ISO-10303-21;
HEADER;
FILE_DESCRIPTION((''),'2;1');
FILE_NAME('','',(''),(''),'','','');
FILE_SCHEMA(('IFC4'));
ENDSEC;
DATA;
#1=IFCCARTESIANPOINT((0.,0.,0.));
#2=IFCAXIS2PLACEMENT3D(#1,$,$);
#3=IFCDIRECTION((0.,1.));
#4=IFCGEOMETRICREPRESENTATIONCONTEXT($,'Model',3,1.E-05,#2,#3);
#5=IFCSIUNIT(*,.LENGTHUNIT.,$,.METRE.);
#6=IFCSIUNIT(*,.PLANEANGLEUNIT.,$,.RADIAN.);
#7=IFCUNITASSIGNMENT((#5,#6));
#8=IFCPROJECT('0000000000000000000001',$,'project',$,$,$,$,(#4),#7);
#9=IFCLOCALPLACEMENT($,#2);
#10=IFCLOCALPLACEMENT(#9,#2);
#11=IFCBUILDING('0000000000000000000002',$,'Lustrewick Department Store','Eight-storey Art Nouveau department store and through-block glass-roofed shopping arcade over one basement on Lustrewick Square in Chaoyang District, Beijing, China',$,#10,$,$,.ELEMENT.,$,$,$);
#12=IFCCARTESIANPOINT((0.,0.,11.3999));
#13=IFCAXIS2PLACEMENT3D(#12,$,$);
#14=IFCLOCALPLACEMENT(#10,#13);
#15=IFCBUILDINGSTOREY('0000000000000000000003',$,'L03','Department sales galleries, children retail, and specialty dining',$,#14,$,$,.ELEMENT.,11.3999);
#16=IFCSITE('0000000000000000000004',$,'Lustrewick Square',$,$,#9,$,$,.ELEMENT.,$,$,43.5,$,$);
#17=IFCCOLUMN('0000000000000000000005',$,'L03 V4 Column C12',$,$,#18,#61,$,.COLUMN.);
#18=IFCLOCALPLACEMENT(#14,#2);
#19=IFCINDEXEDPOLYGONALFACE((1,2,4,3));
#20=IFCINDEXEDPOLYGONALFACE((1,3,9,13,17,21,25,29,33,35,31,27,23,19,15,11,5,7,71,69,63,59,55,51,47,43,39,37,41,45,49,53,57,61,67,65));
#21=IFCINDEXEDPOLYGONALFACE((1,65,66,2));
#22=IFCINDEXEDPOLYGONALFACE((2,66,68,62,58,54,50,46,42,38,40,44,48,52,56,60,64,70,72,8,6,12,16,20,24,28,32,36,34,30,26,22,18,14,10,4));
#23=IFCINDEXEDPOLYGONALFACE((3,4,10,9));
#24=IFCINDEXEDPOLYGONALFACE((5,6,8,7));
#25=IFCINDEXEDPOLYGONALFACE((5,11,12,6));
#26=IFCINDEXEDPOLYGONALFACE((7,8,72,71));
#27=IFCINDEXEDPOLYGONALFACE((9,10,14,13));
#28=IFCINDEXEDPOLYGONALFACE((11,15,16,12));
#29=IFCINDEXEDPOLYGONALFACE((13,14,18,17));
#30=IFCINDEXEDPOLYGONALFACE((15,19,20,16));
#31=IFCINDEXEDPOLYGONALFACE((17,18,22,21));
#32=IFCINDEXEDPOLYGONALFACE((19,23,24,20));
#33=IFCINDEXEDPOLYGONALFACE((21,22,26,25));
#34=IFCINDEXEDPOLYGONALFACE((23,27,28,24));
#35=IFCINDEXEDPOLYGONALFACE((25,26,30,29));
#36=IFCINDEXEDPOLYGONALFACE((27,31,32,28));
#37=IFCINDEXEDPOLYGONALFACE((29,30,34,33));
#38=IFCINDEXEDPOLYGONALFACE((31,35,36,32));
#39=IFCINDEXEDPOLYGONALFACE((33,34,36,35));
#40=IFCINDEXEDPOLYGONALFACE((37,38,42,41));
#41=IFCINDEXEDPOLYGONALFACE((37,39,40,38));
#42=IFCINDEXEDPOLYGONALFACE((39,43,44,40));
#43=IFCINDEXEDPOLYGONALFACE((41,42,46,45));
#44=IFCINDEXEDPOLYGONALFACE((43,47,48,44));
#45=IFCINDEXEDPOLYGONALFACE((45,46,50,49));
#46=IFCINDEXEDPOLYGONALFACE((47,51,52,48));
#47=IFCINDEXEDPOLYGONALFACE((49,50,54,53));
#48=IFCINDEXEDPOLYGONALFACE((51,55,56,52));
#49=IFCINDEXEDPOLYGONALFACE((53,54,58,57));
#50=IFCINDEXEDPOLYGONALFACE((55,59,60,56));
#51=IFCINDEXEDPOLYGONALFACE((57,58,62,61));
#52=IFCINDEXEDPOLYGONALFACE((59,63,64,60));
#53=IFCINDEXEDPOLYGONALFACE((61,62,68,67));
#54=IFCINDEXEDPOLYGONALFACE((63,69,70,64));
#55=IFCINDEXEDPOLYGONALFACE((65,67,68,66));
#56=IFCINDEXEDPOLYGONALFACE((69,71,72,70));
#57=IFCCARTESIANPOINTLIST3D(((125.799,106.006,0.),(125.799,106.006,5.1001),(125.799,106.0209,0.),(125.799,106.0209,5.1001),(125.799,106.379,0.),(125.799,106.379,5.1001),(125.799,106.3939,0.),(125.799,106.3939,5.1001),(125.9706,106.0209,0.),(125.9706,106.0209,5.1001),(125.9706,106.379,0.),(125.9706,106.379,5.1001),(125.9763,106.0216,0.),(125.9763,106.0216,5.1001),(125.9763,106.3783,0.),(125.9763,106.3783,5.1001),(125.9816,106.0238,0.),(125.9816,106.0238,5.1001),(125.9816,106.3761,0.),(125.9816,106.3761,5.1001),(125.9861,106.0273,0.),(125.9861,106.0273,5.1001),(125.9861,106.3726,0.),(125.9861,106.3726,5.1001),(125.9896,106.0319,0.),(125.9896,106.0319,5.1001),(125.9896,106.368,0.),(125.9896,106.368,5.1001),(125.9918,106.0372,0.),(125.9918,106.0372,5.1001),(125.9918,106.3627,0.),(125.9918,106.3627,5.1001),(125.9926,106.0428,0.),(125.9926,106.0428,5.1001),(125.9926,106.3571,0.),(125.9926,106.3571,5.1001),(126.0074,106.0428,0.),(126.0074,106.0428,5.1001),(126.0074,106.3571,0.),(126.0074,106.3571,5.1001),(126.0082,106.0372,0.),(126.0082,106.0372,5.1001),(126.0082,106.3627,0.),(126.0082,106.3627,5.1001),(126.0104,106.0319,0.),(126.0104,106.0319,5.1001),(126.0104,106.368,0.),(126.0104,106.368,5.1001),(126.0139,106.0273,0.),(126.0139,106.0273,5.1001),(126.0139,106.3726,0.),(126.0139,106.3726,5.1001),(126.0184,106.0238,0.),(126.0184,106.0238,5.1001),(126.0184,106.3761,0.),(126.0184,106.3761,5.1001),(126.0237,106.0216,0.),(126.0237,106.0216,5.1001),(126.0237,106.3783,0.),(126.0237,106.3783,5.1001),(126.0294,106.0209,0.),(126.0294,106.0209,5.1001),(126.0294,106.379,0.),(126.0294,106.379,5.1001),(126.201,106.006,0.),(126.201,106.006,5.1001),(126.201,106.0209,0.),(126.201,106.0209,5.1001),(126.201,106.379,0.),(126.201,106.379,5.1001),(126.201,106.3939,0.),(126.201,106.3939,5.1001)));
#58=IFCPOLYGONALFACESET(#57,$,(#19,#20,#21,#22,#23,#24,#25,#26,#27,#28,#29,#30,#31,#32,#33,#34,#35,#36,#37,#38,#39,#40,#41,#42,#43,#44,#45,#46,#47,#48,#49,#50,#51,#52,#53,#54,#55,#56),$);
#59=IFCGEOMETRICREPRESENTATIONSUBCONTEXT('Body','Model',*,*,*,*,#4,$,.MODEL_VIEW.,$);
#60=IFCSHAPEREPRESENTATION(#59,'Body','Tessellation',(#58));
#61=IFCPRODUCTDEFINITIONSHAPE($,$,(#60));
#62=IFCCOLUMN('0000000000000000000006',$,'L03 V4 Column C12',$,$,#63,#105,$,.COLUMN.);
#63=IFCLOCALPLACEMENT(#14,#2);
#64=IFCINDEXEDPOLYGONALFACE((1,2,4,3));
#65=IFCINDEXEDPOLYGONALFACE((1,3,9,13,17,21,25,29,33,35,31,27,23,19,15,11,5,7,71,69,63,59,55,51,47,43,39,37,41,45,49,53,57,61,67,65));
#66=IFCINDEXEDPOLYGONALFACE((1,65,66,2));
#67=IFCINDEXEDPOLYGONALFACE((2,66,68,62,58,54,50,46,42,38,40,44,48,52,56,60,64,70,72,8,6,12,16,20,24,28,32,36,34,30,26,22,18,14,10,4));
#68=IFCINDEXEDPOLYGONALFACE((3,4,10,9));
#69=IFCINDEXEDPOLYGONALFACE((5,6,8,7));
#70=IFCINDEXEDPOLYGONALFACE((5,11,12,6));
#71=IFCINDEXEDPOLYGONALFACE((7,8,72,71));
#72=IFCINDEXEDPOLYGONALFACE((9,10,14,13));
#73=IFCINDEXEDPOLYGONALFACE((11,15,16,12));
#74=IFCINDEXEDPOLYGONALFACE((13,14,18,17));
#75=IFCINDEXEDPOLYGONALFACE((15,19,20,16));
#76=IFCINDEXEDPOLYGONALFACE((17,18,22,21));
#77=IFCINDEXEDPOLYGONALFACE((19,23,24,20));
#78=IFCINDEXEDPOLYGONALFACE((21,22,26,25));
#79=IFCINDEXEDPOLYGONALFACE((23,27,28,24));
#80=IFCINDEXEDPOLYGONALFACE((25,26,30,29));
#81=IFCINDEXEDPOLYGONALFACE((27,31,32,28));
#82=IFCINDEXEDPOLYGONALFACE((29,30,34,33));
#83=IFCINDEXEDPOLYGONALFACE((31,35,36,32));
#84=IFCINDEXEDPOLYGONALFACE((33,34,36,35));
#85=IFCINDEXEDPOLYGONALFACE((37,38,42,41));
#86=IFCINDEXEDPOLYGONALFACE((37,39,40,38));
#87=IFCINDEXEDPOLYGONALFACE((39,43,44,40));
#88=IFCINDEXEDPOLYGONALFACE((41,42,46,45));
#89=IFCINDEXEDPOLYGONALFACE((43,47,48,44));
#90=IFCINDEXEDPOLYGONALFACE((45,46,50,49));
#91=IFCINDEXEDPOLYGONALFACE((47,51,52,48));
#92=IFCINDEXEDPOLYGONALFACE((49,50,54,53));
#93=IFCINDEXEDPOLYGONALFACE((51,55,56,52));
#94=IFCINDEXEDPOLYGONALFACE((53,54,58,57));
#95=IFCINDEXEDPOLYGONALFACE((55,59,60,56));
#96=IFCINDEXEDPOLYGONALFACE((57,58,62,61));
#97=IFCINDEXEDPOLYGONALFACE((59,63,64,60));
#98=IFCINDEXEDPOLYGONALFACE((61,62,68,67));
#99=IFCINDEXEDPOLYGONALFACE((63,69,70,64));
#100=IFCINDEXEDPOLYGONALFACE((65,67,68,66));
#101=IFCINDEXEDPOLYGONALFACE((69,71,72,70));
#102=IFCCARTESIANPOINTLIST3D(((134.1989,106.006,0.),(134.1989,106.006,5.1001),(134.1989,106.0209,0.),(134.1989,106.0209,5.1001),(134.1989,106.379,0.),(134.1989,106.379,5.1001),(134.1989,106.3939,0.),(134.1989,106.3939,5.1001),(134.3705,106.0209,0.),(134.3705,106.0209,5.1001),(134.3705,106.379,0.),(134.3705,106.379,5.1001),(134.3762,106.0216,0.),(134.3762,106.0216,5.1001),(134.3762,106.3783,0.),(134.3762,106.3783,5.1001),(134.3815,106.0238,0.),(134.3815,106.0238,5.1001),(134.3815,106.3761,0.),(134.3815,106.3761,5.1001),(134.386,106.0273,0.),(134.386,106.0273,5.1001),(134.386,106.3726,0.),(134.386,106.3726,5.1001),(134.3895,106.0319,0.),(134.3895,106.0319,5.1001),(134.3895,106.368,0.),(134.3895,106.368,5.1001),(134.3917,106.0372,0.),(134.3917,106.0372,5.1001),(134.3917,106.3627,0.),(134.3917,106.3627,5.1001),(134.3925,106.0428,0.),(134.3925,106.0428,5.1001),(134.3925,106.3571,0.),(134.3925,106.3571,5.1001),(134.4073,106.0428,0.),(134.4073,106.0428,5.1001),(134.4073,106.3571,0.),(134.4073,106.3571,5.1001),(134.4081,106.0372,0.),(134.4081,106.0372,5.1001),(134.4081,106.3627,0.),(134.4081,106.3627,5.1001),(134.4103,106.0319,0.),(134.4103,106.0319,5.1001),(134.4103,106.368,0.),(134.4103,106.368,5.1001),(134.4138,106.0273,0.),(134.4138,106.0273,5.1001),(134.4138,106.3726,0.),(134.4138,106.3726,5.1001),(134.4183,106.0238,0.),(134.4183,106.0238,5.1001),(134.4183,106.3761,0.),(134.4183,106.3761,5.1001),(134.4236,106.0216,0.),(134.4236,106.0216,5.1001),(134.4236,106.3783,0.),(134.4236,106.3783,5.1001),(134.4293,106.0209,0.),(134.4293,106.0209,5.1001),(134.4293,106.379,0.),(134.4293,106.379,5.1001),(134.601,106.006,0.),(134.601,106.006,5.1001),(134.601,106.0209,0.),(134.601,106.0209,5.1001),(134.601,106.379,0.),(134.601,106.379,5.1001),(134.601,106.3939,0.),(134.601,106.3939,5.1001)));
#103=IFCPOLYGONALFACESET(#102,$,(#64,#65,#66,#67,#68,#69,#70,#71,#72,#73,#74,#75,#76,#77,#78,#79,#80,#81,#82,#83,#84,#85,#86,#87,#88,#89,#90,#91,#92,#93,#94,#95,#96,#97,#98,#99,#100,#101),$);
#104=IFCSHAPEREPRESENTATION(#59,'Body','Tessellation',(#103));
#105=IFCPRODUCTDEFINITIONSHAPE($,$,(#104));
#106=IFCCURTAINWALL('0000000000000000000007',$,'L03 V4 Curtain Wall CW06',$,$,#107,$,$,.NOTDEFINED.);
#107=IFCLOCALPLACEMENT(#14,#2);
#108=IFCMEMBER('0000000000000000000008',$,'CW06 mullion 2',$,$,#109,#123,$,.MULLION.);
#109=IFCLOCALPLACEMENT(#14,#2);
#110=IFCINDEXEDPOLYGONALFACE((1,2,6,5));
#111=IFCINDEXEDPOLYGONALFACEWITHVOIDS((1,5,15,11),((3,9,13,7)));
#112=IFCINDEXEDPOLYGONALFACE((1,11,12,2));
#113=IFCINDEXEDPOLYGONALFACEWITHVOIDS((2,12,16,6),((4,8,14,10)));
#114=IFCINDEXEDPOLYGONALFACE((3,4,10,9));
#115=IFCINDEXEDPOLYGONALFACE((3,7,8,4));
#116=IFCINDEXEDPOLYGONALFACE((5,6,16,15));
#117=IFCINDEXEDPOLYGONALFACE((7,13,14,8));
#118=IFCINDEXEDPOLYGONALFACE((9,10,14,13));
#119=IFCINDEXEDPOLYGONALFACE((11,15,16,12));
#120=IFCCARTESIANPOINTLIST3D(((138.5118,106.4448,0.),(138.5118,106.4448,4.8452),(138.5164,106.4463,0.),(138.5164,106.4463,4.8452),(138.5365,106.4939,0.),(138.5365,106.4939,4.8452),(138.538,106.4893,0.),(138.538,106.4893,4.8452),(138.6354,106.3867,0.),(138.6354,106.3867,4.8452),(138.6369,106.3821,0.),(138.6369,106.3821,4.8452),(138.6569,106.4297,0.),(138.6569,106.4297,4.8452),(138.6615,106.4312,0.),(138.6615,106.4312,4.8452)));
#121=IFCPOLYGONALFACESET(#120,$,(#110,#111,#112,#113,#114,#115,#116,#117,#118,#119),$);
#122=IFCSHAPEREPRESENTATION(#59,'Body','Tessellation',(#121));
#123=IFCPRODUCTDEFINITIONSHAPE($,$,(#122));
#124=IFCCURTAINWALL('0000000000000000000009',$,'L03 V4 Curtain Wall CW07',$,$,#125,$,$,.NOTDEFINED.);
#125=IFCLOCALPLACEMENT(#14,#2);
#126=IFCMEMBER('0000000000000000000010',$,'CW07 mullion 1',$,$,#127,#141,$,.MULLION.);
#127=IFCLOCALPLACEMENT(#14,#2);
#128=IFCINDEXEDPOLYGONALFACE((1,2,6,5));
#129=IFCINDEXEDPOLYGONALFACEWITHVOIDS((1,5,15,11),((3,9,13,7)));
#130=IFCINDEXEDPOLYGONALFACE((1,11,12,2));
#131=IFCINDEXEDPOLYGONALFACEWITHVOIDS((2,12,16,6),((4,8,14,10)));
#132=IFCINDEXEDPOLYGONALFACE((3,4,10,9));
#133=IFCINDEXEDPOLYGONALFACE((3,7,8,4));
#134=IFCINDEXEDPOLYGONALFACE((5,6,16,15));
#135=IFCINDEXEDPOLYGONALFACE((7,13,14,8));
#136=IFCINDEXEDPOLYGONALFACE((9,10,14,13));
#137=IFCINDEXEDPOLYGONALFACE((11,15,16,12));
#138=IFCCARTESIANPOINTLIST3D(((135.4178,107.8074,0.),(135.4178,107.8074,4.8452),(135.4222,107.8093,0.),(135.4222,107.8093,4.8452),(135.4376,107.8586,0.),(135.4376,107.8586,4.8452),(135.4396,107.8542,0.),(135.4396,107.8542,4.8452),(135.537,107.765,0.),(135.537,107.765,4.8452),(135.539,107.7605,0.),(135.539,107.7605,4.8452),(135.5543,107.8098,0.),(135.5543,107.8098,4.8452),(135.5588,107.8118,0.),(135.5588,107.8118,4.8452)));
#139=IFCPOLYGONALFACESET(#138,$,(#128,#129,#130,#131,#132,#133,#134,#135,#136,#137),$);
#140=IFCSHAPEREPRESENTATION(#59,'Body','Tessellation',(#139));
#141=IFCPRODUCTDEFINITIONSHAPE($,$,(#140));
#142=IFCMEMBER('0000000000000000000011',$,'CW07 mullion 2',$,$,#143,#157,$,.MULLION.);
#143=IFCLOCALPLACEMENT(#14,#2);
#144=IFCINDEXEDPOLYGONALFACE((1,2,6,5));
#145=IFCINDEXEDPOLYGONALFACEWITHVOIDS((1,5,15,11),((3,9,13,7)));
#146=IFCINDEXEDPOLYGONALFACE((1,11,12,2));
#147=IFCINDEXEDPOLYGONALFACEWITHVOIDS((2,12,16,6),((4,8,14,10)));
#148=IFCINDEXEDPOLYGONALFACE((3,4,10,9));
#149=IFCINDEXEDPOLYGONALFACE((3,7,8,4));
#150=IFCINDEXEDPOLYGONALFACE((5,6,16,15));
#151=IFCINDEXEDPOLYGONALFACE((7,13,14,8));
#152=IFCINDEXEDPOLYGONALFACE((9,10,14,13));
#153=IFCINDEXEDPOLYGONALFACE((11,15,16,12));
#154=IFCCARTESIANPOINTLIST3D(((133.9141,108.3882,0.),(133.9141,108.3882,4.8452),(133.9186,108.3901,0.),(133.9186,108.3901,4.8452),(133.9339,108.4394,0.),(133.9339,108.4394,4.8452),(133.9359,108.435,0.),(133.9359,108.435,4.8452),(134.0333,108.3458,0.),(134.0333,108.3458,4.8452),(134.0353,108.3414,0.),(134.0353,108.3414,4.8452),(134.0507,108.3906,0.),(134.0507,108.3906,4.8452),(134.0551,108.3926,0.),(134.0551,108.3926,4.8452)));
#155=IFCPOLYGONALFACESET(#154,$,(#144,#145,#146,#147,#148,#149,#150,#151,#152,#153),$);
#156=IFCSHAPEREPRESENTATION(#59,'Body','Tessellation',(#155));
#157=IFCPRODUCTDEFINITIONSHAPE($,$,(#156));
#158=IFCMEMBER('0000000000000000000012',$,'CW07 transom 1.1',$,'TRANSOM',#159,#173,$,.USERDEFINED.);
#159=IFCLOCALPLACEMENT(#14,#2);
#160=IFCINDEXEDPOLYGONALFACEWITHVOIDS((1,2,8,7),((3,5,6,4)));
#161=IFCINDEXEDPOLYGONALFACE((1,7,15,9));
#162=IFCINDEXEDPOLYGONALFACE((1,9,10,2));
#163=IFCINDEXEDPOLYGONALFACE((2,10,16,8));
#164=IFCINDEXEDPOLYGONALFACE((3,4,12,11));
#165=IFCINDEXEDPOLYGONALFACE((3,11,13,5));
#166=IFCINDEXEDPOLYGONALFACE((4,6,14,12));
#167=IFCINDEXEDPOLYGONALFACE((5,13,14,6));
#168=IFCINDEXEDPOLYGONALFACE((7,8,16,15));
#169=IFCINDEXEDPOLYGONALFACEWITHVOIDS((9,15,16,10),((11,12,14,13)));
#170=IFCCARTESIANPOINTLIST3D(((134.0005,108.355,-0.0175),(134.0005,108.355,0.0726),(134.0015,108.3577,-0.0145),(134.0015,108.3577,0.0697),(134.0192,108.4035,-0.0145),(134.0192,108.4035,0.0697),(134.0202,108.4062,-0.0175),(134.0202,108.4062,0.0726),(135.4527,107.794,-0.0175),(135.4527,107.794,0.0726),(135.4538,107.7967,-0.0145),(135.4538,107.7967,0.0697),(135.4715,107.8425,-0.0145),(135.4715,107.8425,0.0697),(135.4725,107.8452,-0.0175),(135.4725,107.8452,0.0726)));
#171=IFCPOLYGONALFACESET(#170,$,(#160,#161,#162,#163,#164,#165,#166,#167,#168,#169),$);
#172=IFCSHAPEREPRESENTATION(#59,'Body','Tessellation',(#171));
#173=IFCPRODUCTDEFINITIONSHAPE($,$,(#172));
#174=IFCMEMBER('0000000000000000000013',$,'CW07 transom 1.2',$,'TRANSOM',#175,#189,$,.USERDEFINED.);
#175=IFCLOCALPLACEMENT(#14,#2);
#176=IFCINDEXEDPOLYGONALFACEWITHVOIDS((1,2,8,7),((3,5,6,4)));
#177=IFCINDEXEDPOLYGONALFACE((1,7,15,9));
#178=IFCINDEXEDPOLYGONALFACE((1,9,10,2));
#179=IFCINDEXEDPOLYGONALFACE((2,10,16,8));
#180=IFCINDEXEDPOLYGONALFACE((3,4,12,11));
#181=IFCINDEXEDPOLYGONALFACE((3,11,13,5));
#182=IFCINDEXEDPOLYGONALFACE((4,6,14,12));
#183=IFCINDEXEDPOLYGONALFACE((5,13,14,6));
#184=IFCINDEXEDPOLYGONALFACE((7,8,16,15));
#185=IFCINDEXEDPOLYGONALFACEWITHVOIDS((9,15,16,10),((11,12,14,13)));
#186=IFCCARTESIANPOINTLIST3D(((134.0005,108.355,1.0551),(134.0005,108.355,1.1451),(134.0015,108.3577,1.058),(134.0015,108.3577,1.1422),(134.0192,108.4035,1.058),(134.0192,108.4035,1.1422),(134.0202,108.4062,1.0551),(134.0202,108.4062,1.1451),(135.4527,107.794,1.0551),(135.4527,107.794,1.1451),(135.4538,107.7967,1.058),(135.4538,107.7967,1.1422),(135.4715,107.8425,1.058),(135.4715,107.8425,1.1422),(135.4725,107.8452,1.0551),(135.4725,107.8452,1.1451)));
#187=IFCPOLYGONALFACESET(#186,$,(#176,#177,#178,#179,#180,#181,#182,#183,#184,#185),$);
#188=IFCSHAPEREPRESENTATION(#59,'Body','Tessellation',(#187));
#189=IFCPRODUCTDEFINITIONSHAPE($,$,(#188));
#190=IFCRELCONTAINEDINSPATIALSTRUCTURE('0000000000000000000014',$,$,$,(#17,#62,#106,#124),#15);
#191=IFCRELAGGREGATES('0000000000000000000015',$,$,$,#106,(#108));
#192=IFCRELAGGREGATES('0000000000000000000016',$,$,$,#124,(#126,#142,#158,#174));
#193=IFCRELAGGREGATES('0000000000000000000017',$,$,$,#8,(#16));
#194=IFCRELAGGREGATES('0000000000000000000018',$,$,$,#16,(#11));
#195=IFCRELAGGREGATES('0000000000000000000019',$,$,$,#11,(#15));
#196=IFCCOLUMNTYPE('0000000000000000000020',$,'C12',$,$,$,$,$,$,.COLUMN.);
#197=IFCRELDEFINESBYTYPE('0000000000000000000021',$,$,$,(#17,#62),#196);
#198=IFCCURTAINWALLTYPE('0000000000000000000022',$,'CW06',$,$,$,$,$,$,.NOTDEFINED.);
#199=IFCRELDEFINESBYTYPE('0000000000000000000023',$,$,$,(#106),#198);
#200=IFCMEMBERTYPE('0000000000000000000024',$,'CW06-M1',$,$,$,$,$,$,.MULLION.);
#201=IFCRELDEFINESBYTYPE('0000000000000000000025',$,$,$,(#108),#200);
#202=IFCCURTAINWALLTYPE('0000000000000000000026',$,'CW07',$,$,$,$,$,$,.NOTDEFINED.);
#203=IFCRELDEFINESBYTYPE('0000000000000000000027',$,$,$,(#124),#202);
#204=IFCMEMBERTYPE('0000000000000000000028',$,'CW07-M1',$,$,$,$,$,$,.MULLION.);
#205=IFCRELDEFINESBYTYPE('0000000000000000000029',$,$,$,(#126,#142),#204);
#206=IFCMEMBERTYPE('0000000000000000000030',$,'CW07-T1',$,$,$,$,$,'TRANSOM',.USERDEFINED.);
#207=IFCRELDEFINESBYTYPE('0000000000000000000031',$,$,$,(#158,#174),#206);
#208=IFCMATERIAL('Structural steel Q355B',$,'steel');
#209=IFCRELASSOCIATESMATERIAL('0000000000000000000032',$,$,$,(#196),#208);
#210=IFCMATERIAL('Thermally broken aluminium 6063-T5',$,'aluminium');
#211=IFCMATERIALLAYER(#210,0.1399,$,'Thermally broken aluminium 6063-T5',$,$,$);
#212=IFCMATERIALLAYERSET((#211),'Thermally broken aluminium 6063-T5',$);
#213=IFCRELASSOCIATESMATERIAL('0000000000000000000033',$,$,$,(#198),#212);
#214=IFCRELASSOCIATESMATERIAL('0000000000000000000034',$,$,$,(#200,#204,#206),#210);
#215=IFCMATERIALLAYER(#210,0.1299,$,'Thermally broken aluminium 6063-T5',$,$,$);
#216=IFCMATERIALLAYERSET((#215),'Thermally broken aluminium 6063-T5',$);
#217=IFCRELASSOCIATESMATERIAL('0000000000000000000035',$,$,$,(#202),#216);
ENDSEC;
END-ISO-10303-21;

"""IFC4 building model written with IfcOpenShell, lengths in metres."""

from ifc_helpers import new_model, si_unit, direction, frame, origin, origin_2d, place, context, subcontext, project, spatial, hollow_rectangle, i_section, extrude, material, layer, layer_set, material_profile, profile_set, type_object, element, aggregate, save


model = new_model("IFC4")

# Units and contexts
model_context = context("Model", 3, precision=1e-05, world=origin(), true_north=direction((0.0, 1.0)))
body_context = subcontext(model_context, "Body", "Model", "MODEL_VIEW")
ifc_project = project(units=[si_unit("LENGTHUNIT", "METRE"), si_unit("PLANEANGLEUNIT", "RADIAN")], contexts=[model_context])

# Site, building, storey
site_placement = place(None, origin())
site = spatial("IfcSite", under=ifc_project, at=site_placement, Name="Lustrewick Square", CompositionType="ELEMENT", RefElevation=43.5)
building_placement = place(site_placement, origin())
building = spatial("IfcBuilding", under=site, at=building_placement, Name="Lustrewick Department Store", Description="Eight-storey Art Nouveau department store and through-block glass-roofed shopping arcade over one basement on Lustrewick Square in Chaoyang District, Beijing, China", CompositionType="ELEMENT")
storey_placement = place(building_placement, frame((0.0, 0.0, 11.3999)))
storey = spatial("IfcBuildingStorey", under=building, at=storey_placement, Name="L03", Description="Department sales galleries, children retail, and specialty dining", CompositionType="ELEMENT", Elevation=11.3999)

# Columns
ifc_material_1 = material(Name="Structural steel Q355B", Category="steel")
ifc_material_profile_1 = material_profile(ifc_material_1, i_section(OverallWidth=0.4021, OverallDepth=0.3879, WebThickness=0.0149, FlangeThickness=0.0149, FilletRadius=0.022, at=origin_2d()), Name="HW 388x402x15x15")
ifc_profile_set_1 = profile_set([ifc_material_profile_1], Name="Structural steel Q355B")
column_type = type_object("IfcColumnType", Name="C12", PredefinedType="COLUMN", material=ifc_profile_set_1)
for number, where, z_axis, x_axis, name in (
    (1, (126.0, 106.2, 0.0), (0.0, 0.0, 1.0), (1.0, 0.0, 0.0), "L03 V4 Column C12"),
    (2, (134.3999, 106.2, 0.0), (0.0, 0.0, 1.0), (1.0, 0.0, 0.0), "L03 V4 Column C12"),
):
    element("IfcColumn", number, at=place(storey_placement, frame(where, z_axis=z_axis, x_axis=x_axis)), inside=storey, type_object=column_type, Name=name, PredefinedType="COLUMN", context=body_context, shape_type="SweptSolid", body=[
        extrude(i_section(OverallWidth=0.4021, OverallDepth=0.3879, WebThickness=0.0149, FlangeThickness=0.0149, FilletRadius=0.022, at=origin_2d()), origin(), (0.0, 0.0, 1.0), 5.1001),
    ])

# Curtain wall, member
ifc_material_2 = material(Name="Thermally broken aluminium 6063-T5", Category="aluminium")
ifc_layer_1 = layer(ifc_material_2, 0.1399, Name="Thermally broken aluminium 6063-T5")
ifc_layer_set_1 = layer_set([ifc_layer_1], Name="Thermally broken aluminium 6063-T5")
curtain_wall_type_1 = type_object("IfcCurtainWallType", Name="CW06", PredefinedType="NOTDEFINED", material=ifc_layer_set_1)
curtain_wall_1_placement = place(storey_placement, origin())
curtain_wall_1 = element("IfcCurtainWall", 3, at=curtain_wall_1_placement, inside=storey, type_object=curtain_wall_type_1, Name="L03 V4 Curtain Wall CW06", PredefinedType="NOTDEFINED")
ifc_material_profile_2 = material_profile(ifc_material_2, hollow_rectangle(XDim=0.0549, YDim=0.1399, WallThickness=0.0034, at=origin_2d()), Name="ALU-M 55x140x3.5")
ifc_profile_set_2 = profile_set([ifc_material_profile_2], Name="Thermally broken aluminium 6063-T5")
member_type_1 = type_object("IfcMemberType", Name="CW06-M1", PredefinedType="MULLION", material=ifc_profile_set_2)
member_1_placement = place(storey_placement, frame((138.5867, 106.438, 0.0), z_axis=(0.0, 0.0, 1.0), x_axis=(-0.448269, -0.893899, 0.0)))
member_1 = element("IfcMember", 4, at=member_1_placement, type_object=member_type_1, Name="CW06 mullion 2", PredefinedType="MULLION", context=body_context, shape_type="SweptSolid", body=[
    extrude(hollow_rectangle(XDim=0.0549, YDim=0.1399, WallThickness=0.0034, at=origin_2d()), origin(), (0.0, 0.0, 1.0), 4.8452),
])
aggregate(curtain_wall_1, [member_1])

# Curtain wall, members
ifc_layer_2 = layer(ifc_material_2, 0.1299, Name="Thermally broken aluminium 6063-T5")
ifc_layer_set_2 = layer_set([ifc_layer_2], Name="Thermally broken aluminium 6063-T5")
curtain_wall_type_2 = type_object("IfcCurtainWallType", Name="CW07", PredefinedType="NOTDEFINED", material=ifc_layer_set_2)
curtain_wall_2_placement = place(storey_placement, origin())
curtain_wall_2 = element("IfcCurtainWall", 5, at=curtain_wall_2_placement, inside=storey, type_object=curtain_wall_type_2, Name="L03 V4 Curtain Wall CW07", PredefinedType="NOTDEFINED")
ifc_material_profile_3 = material_profile(ifc_material_2, hollow_rectangle(XDim=0.0549, YDim=0.1299, WallThickness=0.0034, at=origin_2d()), Name="ALU-M 55x130x3.5")
ifc_profile_set_3 = profile_set([ifc_material_profile_3], Name="Thermally broken aluminium 6063-T5")
member_type_2 = type_object("IfcMemberType", Name="CW07-M1", PredefinedType="MULLION", material=ifc_profile_set_3)
member_2_placement = place(storey_placement, frame((135.4883, 107.8096, 0.0), z_axis=(0.0, 0.0, 1.0), x_axis=(-0.36037, -0.93281, 0.0)))
member_2 = element("IfcMember", 6, at=member_2_placement, type_object=member_type_2, Name="CW07 mullion 1", PredefinedType="MULLION", context=body_context, shape_type="SweptSolid", body=[
    extrude(hollow_rectangle(XDim=0.0549, YDim=0.1299, WallThickness=0.0034, at=origin_2d()), origin(), (0.0, 0.0, 1.0), 4.8452),
])
member_3_placement = place(storey_placement, frame((133.9846, 108.3904, 0.0), z_axis=(0.0, 0.0, 1.0), x_axis=(-0.36037, -0.93281, 0.0)))
member_3 = element("IfcMember", 7, at=member_3_placement, type_object=member_type_2, Name="CW07 mullion 2", PredefinedType="MULLION", context=body_context, shape_type="SweptSolid", body=[
    extrude(hollow_rectangle(XDim=0.0549, YDim=0.1299, WallThickness=0.0034, at=origin_2d()), origin(), (0.0, 0.0, 1.0), 4.8452),
])
ifc_material_profile_4 = material_profile(ifc_material_2, hollow_rectangle(XDim=0.0549, YDim=0.0901, WallThickness=0.0029, at=origin_2d()), Name="ALU-T 55x90x3")
ifc_profile_set_4 = profile_set([ifc_material_profile_4], Name="Thermally broken aluminium 6063-T5")
member_type_3 = type_object("IfcMemberType", Name="CW07-T1", ElementType="TRANSOM", PredefinedType="USERDEFINED", material=ifc_profile_set_4)
member_4_placement = place(storey_placement, frame((135.4626, 107.8196, 0.0276), z_axis=(-0.932823, 0.360334, 0.0), x_axis=(-0.360334, -0.932823, 0.0)))
member_4 = element("IfcMember", 8, at=member_4_placement, type_object=member_type_3, Name="CW07 transom 1.1", ObjectType="TRANSOM", PredefinedType="USERDEFINED", context=body_context, shape_type="SweptSolid", body=[
    extrude(hollow_rectangle(XDim=0.0549, YDim=0.0901, WallThickness=0.0029, at=origin_2d()), origin(), (0.0, 0.0, 1.0), 1.5569),
])
member_5_placement = place(storey_placement, frame((135.4626, 107.8196, 1.1001), z_axis=(-0.932823, 0.360334, 0.0), x_axis=(-0.360334, -0.932823, 0.0)))
member_5 = element("IfcMember", 9, at=member_5_placement, type_object=member_type_3, Name="CW07 transom 1.2", ObjectType="TRANSOM", PredefinedType="USERDEFINED", context=body_context, shape_type="SweptSolid", body=[
    extrude(hollow_rectangle(XDim=0.0549, YDim=0.0901, WallThickness=0.0029, at=origin_2d()), origin(), (0.0, 0.0, 1.0), 1.5569),
])

aggregate(curtain_wall_2, [member_2, member_3, member_4, member_5])

save(model, "model.ifc")
